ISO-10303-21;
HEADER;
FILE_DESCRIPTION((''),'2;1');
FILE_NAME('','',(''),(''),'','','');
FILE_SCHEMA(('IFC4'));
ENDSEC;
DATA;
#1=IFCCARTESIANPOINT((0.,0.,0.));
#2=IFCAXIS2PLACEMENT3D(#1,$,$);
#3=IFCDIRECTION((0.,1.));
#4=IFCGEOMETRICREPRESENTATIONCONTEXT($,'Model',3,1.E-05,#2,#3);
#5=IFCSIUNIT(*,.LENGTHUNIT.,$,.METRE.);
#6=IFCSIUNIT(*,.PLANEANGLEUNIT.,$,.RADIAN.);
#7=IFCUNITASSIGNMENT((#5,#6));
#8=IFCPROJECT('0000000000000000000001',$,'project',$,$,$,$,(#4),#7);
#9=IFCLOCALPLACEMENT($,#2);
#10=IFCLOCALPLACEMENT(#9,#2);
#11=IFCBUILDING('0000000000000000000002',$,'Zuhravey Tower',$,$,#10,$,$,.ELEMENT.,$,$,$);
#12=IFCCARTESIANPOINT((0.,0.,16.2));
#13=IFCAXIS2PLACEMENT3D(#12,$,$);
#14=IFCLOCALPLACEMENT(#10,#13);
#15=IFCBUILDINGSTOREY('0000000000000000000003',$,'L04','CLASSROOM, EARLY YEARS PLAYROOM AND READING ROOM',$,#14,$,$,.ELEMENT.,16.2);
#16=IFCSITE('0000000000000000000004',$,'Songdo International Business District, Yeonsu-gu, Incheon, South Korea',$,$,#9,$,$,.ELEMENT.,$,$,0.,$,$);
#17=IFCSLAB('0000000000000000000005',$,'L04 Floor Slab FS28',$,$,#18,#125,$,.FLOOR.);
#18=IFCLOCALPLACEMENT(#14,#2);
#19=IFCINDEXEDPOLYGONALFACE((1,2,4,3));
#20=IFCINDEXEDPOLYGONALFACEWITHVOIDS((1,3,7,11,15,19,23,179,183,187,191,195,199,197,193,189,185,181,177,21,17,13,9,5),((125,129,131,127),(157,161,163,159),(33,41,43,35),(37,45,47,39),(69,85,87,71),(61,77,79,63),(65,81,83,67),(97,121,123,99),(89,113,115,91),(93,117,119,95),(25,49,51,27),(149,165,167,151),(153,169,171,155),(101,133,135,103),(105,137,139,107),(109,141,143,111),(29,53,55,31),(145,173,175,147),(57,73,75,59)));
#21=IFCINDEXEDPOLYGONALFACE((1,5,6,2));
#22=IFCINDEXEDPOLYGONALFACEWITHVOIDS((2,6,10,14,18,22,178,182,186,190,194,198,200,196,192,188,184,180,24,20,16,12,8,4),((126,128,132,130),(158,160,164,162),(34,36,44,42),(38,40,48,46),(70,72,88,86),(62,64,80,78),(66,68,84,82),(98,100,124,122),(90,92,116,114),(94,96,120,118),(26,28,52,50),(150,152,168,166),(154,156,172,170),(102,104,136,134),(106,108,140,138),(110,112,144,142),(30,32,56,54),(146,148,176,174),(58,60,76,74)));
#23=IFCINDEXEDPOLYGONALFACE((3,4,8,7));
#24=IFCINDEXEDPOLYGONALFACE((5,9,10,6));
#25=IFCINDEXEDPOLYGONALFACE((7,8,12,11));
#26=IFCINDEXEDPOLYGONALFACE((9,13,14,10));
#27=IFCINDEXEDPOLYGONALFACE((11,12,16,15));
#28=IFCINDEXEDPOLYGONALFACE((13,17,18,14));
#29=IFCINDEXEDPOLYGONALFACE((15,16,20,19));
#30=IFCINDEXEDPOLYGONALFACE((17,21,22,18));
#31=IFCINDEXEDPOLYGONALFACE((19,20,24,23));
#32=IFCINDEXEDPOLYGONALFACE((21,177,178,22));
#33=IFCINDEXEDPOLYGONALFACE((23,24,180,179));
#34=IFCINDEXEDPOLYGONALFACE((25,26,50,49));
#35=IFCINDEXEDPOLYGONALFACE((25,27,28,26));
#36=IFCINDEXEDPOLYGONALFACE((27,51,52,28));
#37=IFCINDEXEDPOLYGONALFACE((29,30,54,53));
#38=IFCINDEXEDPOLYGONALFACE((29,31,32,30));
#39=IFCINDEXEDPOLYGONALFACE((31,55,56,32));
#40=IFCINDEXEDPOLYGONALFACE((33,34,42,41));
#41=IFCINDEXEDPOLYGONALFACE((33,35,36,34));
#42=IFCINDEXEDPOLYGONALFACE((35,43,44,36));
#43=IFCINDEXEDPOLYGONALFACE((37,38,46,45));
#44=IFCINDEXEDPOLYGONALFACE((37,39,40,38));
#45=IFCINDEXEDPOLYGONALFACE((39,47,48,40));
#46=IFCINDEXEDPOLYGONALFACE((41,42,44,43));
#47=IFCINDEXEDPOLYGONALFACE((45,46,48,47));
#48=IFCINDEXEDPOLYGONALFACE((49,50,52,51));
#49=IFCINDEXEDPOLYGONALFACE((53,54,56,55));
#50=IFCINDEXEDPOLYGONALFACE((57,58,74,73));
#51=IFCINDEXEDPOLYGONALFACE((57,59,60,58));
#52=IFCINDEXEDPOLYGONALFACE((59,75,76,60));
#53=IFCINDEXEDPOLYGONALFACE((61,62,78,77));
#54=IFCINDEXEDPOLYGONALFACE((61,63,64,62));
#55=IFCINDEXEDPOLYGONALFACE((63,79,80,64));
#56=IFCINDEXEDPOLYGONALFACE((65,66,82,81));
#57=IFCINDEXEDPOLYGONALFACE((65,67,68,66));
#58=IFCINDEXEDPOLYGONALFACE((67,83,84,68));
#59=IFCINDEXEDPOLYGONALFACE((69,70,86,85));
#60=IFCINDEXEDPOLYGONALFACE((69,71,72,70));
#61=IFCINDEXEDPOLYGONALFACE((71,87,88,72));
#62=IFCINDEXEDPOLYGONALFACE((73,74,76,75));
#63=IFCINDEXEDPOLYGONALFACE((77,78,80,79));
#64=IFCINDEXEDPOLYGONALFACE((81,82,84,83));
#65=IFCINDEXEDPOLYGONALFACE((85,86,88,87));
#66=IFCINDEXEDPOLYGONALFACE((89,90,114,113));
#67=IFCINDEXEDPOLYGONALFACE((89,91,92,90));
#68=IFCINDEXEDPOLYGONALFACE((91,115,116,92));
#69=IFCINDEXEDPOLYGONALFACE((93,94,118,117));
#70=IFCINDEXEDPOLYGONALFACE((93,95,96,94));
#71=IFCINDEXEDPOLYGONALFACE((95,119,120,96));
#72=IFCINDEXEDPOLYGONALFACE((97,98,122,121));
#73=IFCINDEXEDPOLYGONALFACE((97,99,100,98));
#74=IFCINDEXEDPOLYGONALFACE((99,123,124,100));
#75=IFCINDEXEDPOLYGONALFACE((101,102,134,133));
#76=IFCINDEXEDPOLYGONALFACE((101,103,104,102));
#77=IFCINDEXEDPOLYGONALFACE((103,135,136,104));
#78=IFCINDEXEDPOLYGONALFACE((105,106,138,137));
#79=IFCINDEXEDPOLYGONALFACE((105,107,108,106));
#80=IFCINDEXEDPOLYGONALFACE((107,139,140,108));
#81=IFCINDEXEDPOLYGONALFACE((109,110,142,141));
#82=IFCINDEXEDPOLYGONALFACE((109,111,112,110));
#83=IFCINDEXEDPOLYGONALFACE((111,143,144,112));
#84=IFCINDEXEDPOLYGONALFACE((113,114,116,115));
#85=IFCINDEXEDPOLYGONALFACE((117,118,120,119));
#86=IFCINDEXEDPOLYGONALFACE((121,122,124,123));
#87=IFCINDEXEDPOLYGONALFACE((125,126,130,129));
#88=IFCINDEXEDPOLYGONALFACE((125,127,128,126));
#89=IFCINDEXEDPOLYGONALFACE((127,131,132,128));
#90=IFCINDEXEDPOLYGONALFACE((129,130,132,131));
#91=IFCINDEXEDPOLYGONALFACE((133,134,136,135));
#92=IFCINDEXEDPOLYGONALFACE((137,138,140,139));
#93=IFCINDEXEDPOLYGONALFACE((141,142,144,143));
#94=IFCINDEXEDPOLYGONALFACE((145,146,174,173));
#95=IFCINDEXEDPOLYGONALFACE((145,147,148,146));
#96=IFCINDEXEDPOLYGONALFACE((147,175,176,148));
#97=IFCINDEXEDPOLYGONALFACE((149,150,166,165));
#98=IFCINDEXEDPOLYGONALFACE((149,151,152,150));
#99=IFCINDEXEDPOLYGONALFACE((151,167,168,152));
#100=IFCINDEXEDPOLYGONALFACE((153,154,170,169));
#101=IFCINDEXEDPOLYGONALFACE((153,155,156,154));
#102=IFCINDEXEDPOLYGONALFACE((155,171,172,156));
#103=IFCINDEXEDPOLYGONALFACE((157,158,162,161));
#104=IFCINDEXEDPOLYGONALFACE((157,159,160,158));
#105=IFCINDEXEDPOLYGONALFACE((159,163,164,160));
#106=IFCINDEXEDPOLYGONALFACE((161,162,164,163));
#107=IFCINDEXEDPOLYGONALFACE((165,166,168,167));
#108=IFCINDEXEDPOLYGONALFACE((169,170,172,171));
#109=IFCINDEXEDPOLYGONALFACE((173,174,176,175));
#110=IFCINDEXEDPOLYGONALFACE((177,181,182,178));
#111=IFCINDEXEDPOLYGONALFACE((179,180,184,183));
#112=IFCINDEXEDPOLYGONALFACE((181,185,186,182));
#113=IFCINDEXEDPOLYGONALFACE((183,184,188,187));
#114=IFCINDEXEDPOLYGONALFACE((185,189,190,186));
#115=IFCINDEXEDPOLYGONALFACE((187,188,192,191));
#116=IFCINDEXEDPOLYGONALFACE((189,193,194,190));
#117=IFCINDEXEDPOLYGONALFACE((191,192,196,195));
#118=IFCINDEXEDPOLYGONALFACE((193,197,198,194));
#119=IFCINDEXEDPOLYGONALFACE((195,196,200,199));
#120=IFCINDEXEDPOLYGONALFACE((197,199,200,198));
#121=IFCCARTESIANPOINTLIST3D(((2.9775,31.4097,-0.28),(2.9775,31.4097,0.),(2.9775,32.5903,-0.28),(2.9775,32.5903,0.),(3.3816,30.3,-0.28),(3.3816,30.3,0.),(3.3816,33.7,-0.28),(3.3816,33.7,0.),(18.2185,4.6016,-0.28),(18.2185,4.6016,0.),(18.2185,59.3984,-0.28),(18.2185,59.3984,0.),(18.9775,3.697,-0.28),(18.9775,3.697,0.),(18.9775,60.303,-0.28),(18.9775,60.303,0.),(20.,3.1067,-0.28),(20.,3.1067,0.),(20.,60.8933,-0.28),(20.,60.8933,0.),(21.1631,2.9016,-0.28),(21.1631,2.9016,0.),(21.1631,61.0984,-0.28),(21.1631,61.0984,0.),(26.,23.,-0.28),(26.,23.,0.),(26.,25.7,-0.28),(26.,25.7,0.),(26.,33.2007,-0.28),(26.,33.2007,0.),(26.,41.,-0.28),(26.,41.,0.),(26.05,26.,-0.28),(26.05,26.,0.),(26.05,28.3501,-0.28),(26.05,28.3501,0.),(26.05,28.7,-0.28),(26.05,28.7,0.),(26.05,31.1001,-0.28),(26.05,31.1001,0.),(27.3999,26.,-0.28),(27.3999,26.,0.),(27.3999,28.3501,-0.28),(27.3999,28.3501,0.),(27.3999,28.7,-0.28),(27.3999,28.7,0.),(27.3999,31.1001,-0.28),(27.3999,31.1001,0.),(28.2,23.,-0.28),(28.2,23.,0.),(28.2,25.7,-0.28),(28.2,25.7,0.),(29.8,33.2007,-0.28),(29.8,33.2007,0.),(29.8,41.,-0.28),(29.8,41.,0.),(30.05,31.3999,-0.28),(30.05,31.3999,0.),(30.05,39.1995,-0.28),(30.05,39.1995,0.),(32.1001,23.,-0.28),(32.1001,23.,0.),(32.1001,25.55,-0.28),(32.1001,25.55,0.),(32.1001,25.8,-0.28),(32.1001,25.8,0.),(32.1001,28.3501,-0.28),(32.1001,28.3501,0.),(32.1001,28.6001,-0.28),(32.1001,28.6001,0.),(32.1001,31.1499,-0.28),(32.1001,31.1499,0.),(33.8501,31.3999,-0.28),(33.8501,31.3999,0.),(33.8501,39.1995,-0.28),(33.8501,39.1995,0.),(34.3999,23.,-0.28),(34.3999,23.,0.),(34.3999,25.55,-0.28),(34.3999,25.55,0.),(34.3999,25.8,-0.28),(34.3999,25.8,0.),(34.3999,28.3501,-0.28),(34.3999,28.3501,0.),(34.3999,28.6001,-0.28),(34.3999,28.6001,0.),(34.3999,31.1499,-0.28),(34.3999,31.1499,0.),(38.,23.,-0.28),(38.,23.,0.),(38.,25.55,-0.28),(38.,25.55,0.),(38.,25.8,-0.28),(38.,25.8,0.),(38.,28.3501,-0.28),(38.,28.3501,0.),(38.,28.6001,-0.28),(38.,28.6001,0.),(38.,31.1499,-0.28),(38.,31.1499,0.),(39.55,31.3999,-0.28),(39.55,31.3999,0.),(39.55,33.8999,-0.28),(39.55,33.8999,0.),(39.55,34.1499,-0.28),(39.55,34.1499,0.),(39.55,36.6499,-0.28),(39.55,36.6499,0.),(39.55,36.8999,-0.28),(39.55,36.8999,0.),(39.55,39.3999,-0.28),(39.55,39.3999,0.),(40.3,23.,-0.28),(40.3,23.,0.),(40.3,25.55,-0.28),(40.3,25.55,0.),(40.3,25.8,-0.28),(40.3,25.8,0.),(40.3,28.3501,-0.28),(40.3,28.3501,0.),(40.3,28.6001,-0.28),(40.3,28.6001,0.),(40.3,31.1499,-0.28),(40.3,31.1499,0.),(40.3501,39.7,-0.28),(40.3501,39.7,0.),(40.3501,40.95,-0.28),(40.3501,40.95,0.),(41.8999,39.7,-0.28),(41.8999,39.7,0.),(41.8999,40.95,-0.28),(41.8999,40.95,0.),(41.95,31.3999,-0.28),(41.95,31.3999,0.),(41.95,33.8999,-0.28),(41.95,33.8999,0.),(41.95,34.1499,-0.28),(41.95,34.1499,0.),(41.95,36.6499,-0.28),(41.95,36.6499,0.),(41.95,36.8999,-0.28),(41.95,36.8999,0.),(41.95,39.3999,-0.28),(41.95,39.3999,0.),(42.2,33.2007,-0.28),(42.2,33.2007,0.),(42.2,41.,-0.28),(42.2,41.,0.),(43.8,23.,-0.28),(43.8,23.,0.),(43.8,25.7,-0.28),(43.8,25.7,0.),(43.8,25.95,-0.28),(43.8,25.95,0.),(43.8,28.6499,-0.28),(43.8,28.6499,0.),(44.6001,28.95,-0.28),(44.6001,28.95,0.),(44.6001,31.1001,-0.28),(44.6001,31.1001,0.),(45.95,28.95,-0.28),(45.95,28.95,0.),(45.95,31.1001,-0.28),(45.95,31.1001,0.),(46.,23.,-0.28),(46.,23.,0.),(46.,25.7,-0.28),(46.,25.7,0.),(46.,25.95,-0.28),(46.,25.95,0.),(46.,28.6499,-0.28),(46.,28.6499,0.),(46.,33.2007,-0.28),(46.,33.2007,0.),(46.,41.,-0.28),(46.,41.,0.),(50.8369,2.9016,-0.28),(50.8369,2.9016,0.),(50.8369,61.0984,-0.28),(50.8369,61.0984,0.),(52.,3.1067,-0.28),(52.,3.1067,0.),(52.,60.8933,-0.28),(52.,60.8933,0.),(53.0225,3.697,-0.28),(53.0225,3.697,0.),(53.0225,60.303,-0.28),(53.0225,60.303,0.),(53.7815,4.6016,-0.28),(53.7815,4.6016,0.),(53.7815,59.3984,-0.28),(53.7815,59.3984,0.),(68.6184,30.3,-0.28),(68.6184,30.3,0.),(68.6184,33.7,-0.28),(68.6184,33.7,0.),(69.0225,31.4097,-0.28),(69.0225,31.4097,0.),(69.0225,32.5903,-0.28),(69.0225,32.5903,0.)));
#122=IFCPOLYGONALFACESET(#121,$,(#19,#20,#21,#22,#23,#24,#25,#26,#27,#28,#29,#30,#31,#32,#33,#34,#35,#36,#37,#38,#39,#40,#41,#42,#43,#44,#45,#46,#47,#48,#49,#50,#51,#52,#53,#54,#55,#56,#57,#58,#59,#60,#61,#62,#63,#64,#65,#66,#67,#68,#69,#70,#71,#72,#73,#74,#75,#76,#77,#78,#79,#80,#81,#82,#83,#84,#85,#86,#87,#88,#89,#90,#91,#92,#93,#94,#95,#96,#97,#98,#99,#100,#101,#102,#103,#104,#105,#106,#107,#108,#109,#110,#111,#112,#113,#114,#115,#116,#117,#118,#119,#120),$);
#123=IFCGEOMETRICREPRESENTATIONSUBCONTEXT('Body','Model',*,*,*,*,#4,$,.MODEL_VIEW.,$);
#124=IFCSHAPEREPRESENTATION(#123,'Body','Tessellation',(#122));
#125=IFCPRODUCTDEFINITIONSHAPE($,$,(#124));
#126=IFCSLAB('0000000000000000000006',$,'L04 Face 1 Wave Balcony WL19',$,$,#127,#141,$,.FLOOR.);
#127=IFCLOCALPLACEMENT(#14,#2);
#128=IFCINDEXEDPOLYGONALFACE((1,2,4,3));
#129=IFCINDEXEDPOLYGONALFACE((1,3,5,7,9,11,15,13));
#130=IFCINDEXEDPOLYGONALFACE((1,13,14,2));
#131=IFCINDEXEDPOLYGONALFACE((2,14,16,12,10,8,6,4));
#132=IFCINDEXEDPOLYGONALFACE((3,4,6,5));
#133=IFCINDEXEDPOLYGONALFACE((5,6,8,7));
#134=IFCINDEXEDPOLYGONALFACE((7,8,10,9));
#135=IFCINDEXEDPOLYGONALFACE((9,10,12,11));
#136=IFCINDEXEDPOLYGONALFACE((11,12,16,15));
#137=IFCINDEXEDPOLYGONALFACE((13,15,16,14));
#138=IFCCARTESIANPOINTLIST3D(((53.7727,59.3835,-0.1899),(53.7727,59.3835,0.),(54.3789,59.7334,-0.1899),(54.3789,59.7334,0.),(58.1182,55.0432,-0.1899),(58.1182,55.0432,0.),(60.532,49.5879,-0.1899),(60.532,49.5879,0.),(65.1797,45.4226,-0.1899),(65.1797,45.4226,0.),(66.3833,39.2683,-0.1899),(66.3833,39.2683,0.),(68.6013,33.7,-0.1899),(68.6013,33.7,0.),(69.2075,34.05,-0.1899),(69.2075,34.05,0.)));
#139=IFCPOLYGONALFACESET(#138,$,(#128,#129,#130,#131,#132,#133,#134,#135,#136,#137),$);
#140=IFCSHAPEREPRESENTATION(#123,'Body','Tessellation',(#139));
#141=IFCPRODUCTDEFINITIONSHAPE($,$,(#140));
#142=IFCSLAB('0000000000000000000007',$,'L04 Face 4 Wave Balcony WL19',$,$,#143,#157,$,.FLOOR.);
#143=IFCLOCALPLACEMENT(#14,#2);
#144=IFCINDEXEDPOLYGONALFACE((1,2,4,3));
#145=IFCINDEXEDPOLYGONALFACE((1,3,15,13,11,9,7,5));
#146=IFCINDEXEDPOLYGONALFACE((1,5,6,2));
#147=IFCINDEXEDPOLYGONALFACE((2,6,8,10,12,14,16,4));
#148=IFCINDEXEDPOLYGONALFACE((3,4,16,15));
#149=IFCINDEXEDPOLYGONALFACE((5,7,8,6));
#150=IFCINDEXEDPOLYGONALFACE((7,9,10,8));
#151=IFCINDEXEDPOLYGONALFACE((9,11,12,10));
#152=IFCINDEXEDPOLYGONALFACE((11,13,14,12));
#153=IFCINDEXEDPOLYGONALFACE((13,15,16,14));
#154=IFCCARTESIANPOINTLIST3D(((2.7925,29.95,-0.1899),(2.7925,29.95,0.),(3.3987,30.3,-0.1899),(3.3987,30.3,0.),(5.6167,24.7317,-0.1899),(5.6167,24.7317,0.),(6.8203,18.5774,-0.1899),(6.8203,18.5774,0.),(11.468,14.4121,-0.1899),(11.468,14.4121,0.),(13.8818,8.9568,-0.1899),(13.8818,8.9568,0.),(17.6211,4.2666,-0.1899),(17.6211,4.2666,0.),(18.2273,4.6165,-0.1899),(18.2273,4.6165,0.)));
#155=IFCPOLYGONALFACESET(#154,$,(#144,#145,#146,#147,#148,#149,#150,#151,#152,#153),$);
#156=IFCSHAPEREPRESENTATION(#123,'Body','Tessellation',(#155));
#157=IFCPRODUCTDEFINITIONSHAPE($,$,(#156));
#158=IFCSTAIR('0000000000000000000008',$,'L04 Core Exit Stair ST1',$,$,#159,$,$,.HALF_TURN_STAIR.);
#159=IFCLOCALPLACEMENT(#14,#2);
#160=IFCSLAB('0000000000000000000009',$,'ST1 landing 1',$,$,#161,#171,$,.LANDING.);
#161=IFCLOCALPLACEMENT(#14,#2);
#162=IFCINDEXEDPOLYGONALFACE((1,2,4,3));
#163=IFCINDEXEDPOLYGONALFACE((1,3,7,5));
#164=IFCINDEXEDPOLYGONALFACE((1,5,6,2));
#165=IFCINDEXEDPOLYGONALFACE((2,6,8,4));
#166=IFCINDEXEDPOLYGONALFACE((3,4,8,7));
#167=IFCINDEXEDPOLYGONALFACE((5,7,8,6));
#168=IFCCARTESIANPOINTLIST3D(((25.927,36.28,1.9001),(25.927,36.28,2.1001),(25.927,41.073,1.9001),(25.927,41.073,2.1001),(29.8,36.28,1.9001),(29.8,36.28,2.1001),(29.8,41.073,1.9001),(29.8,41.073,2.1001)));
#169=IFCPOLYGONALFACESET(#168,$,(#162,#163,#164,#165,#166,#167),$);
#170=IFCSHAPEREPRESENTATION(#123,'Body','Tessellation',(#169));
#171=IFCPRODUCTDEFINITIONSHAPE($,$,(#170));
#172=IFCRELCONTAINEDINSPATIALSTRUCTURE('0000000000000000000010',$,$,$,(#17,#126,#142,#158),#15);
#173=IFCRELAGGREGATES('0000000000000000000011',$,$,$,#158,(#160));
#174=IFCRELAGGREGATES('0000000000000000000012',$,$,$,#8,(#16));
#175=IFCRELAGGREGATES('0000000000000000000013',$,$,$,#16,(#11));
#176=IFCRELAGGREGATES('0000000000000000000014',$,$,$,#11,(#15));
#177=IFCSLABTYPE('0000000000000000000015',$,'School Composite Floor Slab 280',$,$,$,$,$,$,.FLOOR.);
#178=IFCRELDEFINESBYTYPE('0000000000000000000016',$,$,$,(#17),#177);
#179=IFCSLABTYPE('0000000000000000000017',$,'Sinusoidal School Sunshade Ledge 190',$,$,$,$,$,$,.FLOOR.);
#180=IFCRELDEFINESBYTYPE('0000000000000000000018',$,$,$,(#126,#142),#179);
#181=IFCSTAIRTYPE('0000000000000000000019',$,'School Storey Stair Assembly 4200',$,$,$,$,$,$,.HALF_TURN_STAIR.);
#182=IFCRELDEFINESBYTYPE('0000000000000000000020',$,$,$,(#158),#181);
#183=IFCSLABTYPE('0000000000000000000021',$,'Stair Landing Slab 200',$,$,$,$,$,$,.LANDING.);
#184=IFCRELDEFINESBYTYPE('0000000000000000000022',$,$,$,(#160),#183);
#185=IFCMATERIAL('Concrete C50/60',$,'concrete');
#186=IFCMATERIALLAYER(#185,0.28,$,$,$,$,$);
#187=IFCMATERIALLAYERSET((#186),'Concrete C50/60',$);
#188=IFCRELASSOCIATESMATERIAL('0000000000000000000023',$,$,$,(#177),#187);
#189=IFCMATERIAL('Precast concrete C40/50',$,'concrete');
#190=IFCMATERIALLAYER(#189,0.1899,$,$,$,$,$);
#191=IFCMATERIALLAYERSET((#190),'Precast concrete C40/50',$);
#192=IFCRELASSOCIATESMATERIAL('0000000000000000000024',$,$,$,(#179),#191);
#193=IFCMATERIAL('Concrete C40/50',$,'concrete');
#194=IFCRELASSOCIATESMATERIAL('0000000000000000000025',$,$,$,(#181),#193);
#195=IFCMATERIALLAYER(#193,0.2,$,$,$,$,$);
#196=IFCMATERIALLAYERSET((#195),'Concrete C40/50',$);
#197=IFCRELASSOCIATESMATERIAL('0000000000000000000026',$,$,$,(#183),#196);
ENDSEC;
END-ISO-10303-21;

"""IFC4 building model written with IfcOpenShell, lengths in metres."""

from ifc_helpers import new_model, si_unit, direction, frame, origin, place, context, subcontext, project, spatial, polyline, outline, extrude, material, layer, layer_set, type_object, element, aggregate, save


model = new_model("IFC4")

# Units and contexts
model_context = context("Model", 3, precision=1e-05, world=origin(), true_north=direction((0.0, 1.0)))
body_context = subcontext(model_context, "Body", "Model", "MODEL_VIEW")
ifc_project = project(units=[si_unit("LENGTHUNIT", "METRE"), si_unit("PLANEANGLEUNIT", "RADIAN")], contexts=[model_context])

# Site, building, storey
site_placement = place(None, origin())
site = spatial("IfcSite", under=ifc_project, at=site_placement, Name="Songdo International Business District, Yeonsu-gu, Incheon, South Korea", CompositionType="ELEMENT", RefElevation=0.0)
building_placement = place(site_placement, origin())
building = spatial("IfcBuilding", under=site, at=building_placement, Name="Zuhravey Tower", CompositionType="ELEMENT")
storey_placement = place(building_placement, frame((0.0, 0.0, 16.2)))
storey = spatial("IfcBuildingStorey", under=building, at=storey_placement, Name="L04", Description="CLASSROOM, EARLY YEARS PLAYROOM AND READING ROOM", CompositionType="ELEMENT", Elevation=16.2)

# Slabs
ifc_material_1 = material(Name="Concrete C50/60", Category="concrete")
ifc_layer_1 = layer(ifc_material_1, 0.28)
ifc_layer_set_1 = layer_set([ifc_layer_1], Name="Concrete C50/60")
slab_type_1 = type_object("IfcSlabType", Name="School Composite Floor Slab 280", PredefinedType="FLOOR", material=ifc_layer_set_1)
slab_1_placement = place(storey_placement, frame((0.0, 0.0, -0.28)))
element("IfcSlab", 1, at=slab_1_placement, inside=storey, type_object=slab_type_1, Name="L04 Floor Slab FS28", PredefinedType="FLOOR", context=body_context, shape_type="SweptSolid", body=[
    extrude(outline(polyline([(68.6184, 30.3), (69.0225, 31.4097), (69.0225, 32.5903), (68.6184, 33.7), (53.7815, 59.3984), (53.0225, 60.303), (52.0, 60.8933), (50.8369, 61.0984), (21.1631, 61.0984), (20.0, 60.8933), (18.9775, 60.303), (18.2185, 59.3984), (3.3816, 33.7), (2.9775, 32.5903), (2.9775, 31.4097), (3.3816, 30.3), (18.2185, 4.6016), (18.9775, 3.697), (20.0, 3.1067), (21.1631, 2.9016), (50.8369, 2.9016), (52.0, 3.1067), (53.0225, 3.697), (53.7815, 4.6016), (68.6184, 30.3)]), holes=[polyline([(29.8, 33.2007), (29.8, 41.0), (26.0, 41.0), (26.0, 33.2007), (29.8, 33.2007)]), polyline([(46.0, 33.2007), (46.0, 41.0), (42.2, 41.0), (42.2, 33.2007), (46.0, 33.2007)]), polyline([(30.05, 39.1995), (30.05, 31.3999), (33.8501, 31.3999), (33.8501, 39.1995), (30.05, 39.1995)]), polyline([(32.1001, 23.0), (34.3999, 23.0), (34.3999, 25.55), (32.1001, 25.55), (32.1001, 23.0)]), polyline([(32.1001, 25.8), (34.3999, 25.8), (34.3999, 28.3501), (32.1001, 28.3501), (32.1001, 25.8)]), polyline([(32.1001, 28.6001), (34.3999, 28.6001), (34.3999, 31.1499), (32.1001, 31.1499), (32.1001, 28.6001)]), polyline([(38.0, 23.0), (40.3, 23.0), (40.3, 25.55), (38.0, 25.55), (38.0, 23.0)]), polyline([(38.0, 25.8), (40.3, 25.8), (40.3, 28.3501), (38.0, 28.3501), (38.0, 25.8)]), polyline([(38.0, 28.6001), (40.3, 28.6001), (40.3, 31.1499), (38.0, 31.1499), (38.0, 28.6001)]), polyline([(39.55, 31.3999), (41.95, 31.3999), (41.95, 33.8999), (39.55, 33.8999), (39.55, 31.3999)]), polyline([(39.55, 34.1499), (41.95, 34.1499), (41.95, 36.6499), (39.55, 36.6499), (39.55, 34.1499)]), polyline([(39.55, 36.8999), (41.95, 36.8999), (41.95, 39.3999), (39.55, 39.3999), (39.55, 36.8999)]), polyline([(26.0, 23.0), (28.2, 23.0), (28.2, 25.7), (26.0, 25.7), (26.0, 23.0)]), polyline([(43.8, 23.0), (46.0, 23.0), (46.0, 25.7), (43.8, 25.7), (43.8, 23.0)]), polyline([(43.8, 25.95), (46.0, 25.95), (46.0, 28.6499), (43.8, 28.6499), (43.8, 25.95)]), polyline([(26.05, 26.0), (27.3999, 26.0), (27.3999, 28.3501), (26.05, 28.3501), (26.05, 26.0)]), polyline([(26.05, 28.7), (27.3999, 28.7), (27.3999, 31.1001), (26.05, 31.1001), (26.05, 28.7)]), polyline([(44.6001, 28.95), (45.95, 28.95), (45.95, 31.1001), (44.6001, 31.1001), (44.6001, 28.95)]), polyline([(40.3501, 39.7), (41.8999, 39.7), (41.8999, 40.95), (40.3501, 40.95), (40.3501, 39.7)])]), origin(), (0.0, 0.0, 1.0), 0.28),
])
ifc_material_2 = material(Name="Precast concrete C40/50", Category="concrete")
ifc_layer_2 = layer(ifc_material_2, 0.1899)
ifc_layer_set_2 = layer_set([ifc_layer_2], Name="Precast concrete C40/50")
slab_type_2 = type_object("IfcSlabType", Name="Sinusoidal School Sunshade Ledge 190", PredefinedType="FLOOR", material=ifc_layer_set_2)
slab_2_placement = place(storey_placement, frame((0.0, 0.0, -0.1899)))
element("IfcSlab", 2, at=slab_2_placement, inside=storey, type_object=slab_type_2, Name="L04 Face 1 Wave Balcony WL19", PredefinedType="FLOOR", context=body_context, shape_type="SweptSolid", body=[
    extrude(outline(polyline([(68.6013, 33.7), (53.7727, 59.3835), (54.3789, 59.7334), (58.1182, 55.0432), (60.532, 49.5879), (65.1797, 45.4226), (66.3833, 39.2683), (69.2075, 34.05), (68.6013, 33.7)])), origin(), (0.0, 0.0, 1.0), 0.1899),
])
slab_3_placement = place(storey_placement, frame((0.0, 0.0, -0.1899)))
element("IfcSlab", 3, at=slab_3_placement, inside=storey, type_object=slab_type_2, Name="L04 Face 4 Wave Balcony WL19", PredefinedType="FLOOR", context=body_context, shape_type="SweptSolid", body=[
    extrude(outline(polyline([(3.3987, 30.3), (18.2273, 4.6165), (17.6211, 4.2666), (13.8818, 8.9568), (11.468, 14.4121), (6.8203, 18.5774), (5.6167, 24.7317), (2.7925, 29.95), (3.3987, 30.3)])), origin(), (0.0, 0.0, 1.0), 0.1899),
])

# Stair, slab
ifc_material_3 = material(Name="Concrete C40/50", Category="concrete")
stair_type = type_object("IfcStairType", Name="School Storey Stair Assembly 4200", PredefinedType="HALF_TURN_STAIR", material=ifc_material_3)
stair_1_placement = place(storey_placement, origin())
stair_1 = element("IfcStair", 4, at=stair_1_placement, inside=storey, type_object=stair_type, Name="L04 Core Exit Stair ST1", PredefinedType="HALF_TURN_STAIR")
ifc_layer_3 = layer(ifc_material_3, 0.2)
ifc_layer_set_3 = layer_set([ifc_layer_3], Name="Concrete C40/50")
slab_type_3 = type_object("IfcSlabType", Name="Stair Landing Slab 200", PredefinedType="LANDING", material=ifc_layer_set_3)
slab_4_placement = place(storey_placement, frame((0.0, 0.0, 1.9001)))
slab_4 = element("IfcSlab", 5, at=slab_4_placement, type_object=slab_type_3, Name="ST1 landing 1", PredefinedType="LANDING", context=body_context, shape_type="SweptSolid", body=[
    extrude(outline(polyline([(29.8, 36.28), (29.8, 41.073), (25.927, 41.073), (25.927, 36.28), (29.8, 36.28)])), origin(), (0.0, 0.0, 1.0), 0.2),
])
aggregate(stair_1, [slab_4])

save(model, "model.ifc")
